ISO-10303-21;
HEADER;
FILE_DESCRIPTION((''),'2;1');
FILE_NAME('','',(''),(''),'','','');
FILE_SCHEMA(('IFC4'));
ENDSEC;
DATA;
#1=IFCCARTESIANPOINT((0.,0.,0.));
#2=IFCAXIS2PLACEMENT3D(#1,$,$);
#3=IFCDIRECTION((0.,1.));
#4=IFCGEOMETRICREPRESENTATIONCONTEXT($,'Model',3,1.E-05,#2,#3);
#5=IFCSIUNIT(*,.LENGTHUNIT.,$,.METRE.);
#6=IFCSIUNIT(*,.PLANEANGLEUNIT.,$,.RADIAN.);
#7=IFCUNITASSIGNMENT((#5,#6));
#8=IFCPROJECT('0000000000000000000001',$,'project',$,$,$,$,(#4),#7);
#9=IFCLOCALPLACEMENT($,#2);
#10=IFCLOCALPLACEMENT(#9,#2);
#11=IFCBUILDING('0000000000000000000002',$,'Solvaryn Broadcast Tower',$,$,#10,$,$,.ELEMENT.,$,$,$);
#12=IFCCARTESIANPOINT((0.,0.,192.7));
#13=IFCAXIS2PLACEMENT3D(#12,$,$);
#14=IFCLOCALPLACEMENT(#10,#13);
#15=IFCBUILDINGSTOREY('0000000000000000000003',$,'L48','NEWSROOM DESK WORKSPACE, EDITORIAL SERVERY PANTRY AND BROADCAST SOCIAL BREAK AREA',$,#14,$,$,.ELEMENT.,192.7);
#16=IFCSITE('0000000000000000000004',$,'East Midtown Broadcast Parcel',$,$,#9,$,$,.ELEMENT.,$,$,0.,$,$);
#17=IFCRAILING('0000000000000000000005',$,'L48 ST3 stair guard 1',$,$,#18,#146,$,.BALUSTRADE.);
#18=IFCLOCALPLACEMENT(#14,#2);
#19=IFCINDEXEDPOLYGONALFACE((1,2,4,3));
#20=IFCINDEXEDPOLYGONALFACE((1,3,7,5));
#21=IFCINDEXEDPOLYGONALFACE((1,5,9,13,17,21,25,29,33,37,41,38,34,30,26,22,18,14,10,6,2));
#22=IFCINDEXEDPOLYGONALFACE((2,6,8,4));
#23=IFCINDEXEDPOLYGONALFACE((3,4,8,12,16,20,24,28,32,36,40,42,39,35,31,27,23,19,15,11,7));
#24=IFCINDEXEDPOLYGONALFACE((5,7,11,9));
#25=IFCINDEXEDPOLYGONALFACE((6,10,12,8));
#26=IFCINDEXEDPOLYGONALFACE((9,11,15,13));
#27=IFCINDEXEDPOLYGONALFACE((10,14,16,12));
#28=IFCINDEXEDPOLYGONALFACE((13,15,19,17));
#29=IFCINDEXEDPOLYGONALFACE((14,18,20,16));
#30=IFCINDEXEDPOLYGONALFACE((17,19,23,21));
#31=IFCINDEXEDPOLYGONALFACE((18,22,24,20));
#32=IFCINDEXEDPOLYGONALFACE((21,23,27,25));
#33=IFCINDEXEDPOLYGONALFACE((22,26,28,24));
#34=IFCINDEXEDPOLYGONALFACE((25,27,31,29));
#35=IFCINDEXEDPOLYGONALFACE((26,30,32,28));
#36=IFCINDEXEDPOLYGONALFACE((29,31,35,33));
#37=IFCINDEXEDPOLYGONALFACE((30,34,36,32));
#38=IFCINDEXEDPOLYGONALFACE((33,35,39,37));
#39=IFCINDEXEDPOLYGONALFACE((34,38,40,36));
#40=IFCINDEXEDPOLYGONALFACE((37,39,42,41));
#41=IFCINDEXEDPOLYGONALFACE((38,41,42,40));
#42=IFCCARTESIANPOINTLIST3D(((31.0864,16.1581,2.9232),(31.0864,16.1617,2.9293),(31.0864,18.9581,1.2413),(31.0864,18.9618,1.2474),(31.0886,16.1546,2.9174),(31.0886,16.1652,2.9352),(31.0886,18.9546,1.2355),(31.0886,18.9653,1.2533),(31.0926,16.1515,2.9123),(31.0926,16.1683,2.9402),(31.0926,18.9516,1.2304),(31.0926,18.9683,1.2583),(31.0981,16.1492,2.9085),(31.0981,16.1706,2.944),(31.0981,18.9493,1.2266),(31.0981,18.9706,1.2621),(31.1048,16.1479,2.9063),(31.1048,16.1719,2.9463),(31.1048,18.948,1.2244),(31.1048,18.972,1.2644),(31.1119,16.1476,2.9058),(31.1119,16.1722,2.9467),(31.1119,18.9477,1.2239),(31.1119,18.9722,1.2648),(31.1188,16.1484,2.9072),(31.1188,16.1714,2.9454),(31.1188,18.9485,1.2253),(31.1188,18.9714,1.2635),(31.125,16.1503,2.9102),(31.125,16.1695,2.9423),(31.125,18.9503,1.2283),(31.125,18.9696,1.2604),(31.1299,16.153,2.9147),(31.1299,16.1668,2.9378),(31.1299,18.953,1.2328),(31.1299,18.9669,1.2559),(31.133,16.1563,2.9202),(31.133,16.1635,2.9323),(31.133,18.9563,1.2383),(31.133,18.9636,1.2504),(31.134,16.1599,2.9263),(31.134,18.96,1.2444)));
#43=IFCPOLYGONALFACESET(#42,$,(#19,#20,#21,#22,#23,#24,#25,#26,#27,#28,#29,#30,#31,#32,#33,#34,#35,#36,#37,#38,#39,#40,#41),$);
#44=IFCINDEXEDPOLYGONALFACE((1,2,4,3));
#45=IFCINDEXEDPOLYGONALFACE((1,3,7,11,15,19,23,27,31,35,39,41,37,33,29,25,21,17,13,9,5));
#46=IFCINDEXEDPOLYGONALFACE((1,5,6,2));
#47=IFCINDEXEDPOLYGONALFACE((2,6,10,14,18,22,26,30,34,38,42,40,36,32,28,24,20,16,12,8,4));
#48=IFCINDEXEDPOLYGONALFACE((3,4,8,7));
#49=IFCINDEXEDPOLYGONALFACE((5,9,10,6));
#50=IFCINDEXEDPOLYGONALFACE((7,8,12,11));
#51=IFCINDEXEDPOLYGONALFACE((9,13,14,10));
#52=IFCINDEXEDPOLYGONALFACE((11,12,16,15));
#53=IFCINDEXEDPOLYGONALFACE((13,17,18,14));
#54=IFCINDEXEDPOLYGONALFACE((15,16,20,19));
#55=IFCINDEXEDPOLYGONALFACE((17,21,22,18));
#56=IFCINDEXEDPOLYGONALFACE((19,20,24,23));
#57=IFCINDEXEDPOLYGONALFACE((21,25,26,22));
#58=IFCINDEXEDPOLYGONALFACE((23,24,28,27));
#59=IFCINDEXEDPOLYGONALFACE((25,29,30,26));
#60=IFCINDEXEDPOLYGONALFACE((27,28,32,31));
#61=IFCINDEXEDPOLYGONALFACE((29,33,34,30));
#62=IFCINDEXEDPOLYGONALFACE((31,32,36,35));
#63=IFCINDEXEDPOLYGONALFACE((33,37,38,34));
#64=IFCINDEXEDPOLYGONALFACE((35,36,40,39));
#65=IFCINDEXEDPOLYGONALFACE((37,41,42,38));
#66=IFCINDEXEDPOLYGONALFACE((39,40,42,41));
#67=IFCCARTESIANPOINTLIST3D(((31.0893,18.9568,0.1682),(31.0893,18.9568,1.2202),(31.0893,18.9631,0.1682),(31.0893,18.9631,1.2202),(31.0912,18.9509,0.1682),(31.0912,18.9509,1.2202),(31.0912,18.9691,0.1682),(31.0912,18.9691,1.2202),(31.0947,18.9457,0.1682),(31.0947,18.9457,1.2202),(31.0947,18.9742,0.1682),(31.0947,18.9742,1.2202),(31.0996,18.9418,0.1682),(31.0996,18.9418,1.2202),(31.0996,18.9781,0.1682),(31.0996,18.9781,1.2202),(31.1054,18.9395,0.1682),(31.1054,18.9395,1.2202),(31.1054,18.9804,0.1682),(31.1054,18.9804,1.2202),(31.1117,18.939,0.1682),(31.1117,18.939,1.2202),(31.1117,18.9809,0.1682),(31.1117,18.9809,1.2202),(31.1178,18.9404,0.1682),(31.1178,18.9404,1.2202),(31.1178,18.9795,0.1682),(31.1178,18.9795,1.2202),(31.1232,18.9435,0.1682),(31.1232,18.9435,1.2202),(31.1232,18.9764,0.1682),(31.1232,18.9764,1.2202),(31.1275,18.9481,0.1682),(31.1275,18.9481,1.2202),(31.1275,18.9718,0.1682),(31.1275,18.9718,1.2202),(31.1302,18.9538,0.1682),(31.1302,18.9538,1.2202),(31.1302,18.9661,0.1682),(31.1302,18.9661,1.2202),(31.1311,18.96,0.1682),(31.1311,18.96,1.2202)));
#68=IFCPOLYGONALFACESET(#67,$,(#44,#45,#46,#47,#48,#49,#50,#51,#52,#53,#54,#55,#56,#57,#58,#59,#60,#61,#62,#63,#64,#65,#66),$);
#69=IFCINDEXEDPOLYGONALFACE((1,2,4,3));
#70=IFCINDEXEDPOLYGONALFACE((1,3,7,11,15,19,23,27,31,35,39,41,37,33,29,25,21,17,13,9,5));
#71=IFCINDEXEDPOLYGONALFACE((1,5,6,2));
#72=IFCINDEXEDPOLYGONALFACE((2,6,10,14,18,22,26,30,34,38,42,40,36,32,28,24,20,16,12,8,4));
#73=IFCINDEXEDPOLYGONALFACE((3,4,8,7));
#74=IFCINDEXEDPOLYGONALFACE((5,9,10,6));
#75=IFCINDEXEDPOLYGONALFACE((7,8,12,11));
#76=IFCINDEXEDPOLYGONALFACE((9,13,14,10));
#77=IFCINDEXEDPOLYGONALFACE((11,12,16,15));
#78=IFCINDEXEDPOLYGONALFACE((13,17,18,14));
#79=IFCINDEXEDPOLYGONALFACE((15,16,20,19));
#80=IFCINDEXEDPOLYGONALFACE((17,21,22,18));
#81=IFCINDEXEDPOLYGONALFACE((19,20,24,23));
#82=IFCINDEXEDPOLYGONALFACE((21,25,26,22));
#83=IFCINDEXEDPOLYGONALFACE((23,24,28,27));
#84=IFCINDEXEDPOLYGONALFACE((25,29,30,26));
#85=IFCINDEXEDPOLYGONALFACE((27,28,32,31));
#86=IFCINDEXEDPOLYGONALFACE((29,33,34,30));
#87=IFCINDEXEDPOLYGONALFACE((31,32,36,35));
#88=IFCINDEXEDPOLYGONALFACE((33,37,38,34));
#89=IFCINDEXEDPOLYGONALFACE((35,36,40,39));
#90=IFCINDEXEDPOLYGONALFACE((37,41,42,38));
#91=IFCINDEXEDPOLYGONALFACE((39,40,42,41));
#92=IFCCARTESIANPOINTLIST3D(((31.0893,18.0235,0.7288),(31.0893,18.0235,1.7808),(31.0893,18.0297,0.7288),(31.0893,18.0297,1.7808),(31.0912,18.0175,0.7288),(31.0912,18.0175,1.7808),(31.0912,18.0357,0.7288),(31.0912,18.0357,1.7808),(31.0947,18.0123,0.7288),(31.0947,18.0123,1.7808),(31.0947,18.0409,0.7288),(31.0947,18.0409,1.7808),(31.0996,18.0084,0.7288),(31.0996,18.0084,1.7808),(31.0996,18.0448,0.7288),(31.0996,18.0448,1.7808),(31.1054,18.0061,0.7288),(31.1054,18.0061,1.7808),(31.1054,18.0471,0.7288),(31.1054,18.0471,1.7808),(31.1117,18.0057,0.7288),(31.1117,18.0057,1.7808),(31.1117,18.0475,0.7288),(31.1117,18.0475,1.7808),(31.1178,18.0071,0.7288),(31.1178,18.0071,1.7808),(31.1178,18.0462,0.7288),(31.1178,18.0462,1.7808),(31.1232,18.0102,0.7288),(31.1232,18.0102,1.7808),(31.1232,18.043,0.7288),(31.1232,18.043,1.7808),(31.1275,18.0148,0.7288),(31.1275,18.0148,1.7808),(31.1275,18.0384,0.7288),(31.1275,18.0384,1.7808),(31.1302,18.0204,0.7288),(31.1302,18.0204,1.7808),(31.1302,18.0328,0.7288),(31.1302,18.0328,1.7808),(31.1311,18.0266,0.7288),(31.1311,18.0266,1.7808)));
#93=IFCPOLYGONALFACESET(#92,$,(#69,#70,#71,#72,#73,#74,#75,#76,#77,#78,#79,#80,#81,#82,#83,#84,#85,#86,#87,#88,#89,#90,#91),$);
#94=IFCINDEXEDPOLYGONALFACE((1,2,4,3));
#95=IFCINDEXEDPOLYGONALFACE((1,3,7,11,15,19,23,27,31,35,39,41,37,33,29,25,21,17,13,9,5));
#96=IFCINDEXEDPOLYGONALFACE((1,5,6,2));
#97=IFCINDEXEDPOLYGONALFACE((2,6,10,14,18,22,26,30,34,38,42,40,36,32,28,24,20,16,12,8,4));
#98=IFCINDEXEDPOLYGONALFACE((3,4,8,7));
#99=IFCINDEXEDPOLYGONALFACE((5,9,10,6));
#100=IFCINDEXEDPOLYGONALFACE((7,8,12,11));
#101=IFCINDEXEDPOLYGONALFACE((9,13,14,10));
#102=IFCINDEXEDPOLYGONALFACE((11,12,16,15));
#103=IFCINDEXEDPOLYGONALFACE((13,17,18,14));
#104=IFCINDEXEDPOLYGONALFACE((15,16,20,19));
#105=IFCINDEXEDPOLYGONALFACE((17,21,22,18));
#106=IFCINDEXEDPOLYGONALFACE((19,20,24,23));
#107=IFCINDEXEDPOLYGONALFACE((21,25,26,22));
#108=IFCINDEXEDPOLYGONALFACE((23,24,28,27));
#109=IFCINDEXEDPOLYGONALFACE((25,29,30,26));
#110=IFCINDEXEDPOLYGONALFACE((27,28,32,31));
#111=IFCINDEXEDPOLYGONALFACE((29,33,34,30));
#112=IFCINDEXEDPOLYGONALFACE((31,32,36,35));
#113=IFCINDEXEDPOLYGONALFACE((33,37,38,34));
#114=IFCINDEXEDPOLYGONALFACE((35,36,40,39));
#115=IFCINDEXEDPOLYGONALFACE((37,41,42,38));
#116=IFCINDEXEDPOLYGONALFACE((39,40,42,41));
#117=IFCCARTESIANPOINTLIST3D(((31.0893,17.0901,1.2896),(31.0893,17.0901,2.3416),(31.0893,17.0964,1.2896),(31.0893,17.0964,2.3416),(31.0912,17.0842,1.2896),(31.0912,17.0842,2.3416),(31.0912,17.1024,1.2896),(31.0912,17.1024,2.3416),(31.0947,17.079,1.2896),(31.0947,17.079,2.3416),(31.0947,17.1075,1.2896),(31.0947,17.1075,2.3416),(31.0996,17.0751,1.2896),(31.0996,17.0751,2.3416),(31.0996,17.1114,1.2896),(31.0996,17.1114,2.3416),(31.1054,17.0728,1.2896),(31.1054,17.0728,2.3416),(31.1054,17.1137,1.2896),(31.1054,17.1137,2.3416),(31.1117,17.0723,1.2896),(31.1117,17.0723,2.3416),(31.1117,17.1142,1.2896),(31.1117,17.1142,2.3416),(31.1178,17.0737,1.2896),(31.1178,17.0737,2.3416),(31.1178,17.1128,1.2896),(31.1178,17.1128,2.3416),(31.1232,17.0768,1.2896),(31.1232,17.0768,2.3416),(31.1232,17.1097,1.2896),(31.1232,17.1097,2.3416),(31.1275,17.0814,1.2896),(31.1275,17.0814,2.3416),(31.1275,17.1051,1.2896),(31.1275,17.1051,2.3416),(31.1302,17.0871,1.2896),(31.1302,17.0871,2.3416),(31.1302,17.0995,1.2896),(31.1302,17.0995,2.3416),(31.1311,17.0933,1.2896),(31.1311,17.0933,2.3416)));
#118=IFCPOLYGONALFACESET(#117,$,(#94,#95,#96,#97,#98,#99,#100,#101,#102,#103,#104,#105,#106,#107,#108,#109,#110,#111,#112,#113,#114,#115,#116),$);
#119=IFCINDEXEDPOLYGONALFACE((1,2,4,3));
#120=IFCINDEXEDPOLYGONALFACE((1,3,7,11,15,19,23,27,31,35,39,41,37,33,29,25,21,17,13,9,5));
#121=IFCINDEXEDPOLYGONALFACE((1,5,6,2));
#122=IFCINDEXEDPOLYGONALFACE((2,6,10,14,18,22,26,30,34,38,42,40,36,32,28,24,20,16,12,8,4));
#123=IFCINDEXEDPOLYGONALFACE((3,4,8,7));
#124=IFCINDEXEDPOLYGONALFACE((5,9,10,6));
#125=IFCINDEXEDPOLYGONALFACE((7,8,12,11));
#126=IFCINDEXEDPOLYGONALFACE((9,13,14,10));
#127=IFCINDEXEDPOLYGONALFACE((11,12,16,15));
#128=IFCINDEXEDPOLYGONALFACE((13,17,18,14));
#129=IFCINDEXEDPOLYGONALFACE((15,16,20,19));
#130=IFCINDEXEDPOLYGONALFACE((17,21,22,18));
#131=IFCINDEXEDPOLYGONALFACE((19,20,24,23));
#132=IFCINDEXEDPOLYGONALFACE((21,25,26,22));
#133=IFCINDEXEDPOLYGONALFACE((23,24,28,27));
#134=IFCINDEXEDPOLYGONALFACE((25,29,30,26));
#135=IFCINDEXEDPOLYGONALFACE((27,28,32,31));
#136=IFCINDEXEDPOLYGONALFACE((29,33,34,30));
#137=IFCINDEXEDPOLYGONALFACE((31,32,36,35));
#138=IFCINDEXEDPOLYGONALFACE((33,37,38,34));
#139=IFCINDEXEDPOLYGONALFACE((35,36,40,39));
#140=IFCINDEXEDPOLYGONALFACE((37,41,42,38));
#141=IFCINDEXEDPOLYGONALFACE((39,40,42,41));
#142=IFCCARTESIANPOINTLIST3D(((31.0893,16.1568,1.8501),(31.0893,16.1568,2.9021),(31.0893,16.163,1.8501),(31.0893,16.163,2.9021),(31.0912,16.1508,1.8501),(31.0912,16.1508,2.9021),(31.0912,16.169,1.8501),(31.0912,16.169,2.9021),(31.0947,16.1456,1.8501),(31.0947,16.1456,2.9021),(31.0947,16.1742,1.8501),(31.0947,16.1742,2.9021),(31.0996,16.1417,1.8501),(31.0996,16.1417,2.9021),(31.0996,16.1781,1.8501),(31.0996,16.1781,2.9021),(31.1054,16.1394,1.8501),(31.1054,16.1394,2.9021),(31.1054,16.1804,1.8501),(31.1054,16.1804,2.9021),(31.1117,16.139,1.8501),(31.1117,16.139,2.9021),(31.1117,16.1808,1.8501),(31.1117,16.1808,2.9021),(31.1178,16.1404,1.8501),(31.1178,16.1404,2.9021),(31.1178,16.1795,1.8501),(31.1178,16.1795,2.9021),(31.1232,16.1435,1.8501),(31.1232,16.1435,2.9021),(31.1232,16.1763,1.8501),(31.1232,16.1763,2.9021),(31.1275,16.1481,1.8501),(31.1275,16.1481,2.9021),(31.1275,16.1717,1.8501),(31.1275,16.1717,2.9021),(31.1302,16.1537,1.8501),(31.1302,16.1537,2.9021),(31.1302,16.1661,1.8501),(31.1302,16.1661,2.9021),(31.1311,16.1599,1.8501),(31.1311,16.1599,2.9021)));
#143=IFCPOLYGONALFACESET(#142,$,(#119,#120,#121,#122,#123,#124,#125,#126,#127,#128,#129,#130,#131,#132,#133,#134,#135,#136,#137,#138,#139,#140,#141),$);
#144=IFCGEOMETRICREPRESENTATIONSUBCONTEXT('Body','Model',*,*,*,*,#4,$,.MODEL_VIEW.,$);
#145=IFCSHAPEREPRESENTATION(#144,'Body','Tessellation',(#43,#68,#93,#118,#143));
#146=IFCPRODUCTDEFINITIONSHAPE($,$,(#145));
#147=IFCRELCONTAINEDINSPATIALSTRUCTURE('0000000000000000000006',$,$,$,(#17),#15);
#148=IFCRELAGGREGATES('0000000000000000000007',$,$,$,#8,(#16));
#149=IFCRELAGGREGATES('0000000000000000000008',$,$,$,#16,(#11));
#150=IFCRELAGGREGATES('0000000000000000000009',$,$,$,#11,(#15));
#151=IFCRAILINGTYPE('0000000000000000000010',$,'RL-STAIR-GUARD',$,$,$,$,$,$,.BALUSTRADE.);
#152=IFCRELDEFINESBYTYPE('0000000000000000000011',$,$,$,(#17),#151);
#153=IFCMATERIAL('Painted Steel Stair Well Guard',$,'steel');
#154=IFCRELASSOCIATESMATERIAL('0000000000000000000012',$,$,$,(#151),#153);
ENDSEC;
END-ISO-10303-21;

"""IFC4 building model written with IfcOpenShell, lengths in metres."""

from ifc_helpers import new_model, si_unit, direction, frame, origin, origin_2d, place, context, subcontext, project, spatial, circle, extrude, material, type_object, element, save


model = new_model("IFC4")

# Units and contexts
model_context = context("Model", 3, precision=1e-05, world=origin(), true_north=direction((0.0, 1.0)))
body_context = subcontext(model_context, "Body", "Model", "MODEL_VIEW")
ifc_project = project(units=[si_unit("LENGTHUNIT", "METRE"), si_unit("PLANEANGLEUNIT", "RADIAN")], contexts=[model_context])

# Site, building, storey
site_placement = place(None, origin())
site = spatial("IfcSite", under=ifc_project, at=site_placement, Name="East Midtown Broadcast Parcel", CompositionType="ELEMENT", RefElevation=0.0)
building_placement = place(site_placement, origin())
building = spatial("IfcBuilding", under=site, at=building_placement, Name="Solvaryn Broadcast Tower", CompositionType="ELEMENT")
storey_placement = place(building_placement, frame((0.0, 0.0, 192.7)))
storey = spatial("IfcBuildingStorey", under=building, at=storey_placement, Name="L48", Description="NEWSROOM DESK WORKSPACE, EDITORIAL SERVERY PANTRY AND BROADCAST SOCIAL BREAK AREA", CompositionType="ELEMENT", Elevation=192.7)

# Railing
ifc_material_1 = material(Name="Painted Steel Stair Well Guard", Category="steel")
railing_type_1 = type_object("IfcRailingType", Name="RL-STAIR-GUARD", PredefinedType="BALUSTRADE", material=ifc_material_1)
railing_1_placement = place(storey_placement, frame((31.1101, 18.96, 0.1682)))
element("IfcRailing", 1, at=railing_1_placement, inside=storey, type_object=railing_type_1, Name="L48 ST3 stair guard 1", PredefinedType="BALUSTRADE", context=body_context, shape_type="SweptSolid", body=[
    extrude(circle(Radius=0.0239, at=origin_2d()), frame((0.0, 0.0, 1.0762), z_axis=(0.0, -0.857242, 0.514913), x_axis=(1.0, 0.0, 0.0)), (0.0, 0.0, 1.0), 3.2664),
    extrude(circle(Radius=0.021, at=origin_2d()), origin(), (0.0, 0.0, 1.0), 1.052),
    extrude(circle(Radius=0.021, at=origin_2d()), frame((0.0, -0.9333, 0.5605)), (0.0, 0.0, 1.0), 1.052),
    extrude(circle(Radius=0.021, at=origin_2d()), frame((0.0, -1.8667, 1.1213)), (0.0, 0.0, 1.0), 1.052),
    extrude(circle(Radius=0.021, at=origin_2d()), frame((0.0, -2.8, 1.6819)), (0.0, 0.0, 1.0), 1.052),
])

save(model, "model.ifc")
